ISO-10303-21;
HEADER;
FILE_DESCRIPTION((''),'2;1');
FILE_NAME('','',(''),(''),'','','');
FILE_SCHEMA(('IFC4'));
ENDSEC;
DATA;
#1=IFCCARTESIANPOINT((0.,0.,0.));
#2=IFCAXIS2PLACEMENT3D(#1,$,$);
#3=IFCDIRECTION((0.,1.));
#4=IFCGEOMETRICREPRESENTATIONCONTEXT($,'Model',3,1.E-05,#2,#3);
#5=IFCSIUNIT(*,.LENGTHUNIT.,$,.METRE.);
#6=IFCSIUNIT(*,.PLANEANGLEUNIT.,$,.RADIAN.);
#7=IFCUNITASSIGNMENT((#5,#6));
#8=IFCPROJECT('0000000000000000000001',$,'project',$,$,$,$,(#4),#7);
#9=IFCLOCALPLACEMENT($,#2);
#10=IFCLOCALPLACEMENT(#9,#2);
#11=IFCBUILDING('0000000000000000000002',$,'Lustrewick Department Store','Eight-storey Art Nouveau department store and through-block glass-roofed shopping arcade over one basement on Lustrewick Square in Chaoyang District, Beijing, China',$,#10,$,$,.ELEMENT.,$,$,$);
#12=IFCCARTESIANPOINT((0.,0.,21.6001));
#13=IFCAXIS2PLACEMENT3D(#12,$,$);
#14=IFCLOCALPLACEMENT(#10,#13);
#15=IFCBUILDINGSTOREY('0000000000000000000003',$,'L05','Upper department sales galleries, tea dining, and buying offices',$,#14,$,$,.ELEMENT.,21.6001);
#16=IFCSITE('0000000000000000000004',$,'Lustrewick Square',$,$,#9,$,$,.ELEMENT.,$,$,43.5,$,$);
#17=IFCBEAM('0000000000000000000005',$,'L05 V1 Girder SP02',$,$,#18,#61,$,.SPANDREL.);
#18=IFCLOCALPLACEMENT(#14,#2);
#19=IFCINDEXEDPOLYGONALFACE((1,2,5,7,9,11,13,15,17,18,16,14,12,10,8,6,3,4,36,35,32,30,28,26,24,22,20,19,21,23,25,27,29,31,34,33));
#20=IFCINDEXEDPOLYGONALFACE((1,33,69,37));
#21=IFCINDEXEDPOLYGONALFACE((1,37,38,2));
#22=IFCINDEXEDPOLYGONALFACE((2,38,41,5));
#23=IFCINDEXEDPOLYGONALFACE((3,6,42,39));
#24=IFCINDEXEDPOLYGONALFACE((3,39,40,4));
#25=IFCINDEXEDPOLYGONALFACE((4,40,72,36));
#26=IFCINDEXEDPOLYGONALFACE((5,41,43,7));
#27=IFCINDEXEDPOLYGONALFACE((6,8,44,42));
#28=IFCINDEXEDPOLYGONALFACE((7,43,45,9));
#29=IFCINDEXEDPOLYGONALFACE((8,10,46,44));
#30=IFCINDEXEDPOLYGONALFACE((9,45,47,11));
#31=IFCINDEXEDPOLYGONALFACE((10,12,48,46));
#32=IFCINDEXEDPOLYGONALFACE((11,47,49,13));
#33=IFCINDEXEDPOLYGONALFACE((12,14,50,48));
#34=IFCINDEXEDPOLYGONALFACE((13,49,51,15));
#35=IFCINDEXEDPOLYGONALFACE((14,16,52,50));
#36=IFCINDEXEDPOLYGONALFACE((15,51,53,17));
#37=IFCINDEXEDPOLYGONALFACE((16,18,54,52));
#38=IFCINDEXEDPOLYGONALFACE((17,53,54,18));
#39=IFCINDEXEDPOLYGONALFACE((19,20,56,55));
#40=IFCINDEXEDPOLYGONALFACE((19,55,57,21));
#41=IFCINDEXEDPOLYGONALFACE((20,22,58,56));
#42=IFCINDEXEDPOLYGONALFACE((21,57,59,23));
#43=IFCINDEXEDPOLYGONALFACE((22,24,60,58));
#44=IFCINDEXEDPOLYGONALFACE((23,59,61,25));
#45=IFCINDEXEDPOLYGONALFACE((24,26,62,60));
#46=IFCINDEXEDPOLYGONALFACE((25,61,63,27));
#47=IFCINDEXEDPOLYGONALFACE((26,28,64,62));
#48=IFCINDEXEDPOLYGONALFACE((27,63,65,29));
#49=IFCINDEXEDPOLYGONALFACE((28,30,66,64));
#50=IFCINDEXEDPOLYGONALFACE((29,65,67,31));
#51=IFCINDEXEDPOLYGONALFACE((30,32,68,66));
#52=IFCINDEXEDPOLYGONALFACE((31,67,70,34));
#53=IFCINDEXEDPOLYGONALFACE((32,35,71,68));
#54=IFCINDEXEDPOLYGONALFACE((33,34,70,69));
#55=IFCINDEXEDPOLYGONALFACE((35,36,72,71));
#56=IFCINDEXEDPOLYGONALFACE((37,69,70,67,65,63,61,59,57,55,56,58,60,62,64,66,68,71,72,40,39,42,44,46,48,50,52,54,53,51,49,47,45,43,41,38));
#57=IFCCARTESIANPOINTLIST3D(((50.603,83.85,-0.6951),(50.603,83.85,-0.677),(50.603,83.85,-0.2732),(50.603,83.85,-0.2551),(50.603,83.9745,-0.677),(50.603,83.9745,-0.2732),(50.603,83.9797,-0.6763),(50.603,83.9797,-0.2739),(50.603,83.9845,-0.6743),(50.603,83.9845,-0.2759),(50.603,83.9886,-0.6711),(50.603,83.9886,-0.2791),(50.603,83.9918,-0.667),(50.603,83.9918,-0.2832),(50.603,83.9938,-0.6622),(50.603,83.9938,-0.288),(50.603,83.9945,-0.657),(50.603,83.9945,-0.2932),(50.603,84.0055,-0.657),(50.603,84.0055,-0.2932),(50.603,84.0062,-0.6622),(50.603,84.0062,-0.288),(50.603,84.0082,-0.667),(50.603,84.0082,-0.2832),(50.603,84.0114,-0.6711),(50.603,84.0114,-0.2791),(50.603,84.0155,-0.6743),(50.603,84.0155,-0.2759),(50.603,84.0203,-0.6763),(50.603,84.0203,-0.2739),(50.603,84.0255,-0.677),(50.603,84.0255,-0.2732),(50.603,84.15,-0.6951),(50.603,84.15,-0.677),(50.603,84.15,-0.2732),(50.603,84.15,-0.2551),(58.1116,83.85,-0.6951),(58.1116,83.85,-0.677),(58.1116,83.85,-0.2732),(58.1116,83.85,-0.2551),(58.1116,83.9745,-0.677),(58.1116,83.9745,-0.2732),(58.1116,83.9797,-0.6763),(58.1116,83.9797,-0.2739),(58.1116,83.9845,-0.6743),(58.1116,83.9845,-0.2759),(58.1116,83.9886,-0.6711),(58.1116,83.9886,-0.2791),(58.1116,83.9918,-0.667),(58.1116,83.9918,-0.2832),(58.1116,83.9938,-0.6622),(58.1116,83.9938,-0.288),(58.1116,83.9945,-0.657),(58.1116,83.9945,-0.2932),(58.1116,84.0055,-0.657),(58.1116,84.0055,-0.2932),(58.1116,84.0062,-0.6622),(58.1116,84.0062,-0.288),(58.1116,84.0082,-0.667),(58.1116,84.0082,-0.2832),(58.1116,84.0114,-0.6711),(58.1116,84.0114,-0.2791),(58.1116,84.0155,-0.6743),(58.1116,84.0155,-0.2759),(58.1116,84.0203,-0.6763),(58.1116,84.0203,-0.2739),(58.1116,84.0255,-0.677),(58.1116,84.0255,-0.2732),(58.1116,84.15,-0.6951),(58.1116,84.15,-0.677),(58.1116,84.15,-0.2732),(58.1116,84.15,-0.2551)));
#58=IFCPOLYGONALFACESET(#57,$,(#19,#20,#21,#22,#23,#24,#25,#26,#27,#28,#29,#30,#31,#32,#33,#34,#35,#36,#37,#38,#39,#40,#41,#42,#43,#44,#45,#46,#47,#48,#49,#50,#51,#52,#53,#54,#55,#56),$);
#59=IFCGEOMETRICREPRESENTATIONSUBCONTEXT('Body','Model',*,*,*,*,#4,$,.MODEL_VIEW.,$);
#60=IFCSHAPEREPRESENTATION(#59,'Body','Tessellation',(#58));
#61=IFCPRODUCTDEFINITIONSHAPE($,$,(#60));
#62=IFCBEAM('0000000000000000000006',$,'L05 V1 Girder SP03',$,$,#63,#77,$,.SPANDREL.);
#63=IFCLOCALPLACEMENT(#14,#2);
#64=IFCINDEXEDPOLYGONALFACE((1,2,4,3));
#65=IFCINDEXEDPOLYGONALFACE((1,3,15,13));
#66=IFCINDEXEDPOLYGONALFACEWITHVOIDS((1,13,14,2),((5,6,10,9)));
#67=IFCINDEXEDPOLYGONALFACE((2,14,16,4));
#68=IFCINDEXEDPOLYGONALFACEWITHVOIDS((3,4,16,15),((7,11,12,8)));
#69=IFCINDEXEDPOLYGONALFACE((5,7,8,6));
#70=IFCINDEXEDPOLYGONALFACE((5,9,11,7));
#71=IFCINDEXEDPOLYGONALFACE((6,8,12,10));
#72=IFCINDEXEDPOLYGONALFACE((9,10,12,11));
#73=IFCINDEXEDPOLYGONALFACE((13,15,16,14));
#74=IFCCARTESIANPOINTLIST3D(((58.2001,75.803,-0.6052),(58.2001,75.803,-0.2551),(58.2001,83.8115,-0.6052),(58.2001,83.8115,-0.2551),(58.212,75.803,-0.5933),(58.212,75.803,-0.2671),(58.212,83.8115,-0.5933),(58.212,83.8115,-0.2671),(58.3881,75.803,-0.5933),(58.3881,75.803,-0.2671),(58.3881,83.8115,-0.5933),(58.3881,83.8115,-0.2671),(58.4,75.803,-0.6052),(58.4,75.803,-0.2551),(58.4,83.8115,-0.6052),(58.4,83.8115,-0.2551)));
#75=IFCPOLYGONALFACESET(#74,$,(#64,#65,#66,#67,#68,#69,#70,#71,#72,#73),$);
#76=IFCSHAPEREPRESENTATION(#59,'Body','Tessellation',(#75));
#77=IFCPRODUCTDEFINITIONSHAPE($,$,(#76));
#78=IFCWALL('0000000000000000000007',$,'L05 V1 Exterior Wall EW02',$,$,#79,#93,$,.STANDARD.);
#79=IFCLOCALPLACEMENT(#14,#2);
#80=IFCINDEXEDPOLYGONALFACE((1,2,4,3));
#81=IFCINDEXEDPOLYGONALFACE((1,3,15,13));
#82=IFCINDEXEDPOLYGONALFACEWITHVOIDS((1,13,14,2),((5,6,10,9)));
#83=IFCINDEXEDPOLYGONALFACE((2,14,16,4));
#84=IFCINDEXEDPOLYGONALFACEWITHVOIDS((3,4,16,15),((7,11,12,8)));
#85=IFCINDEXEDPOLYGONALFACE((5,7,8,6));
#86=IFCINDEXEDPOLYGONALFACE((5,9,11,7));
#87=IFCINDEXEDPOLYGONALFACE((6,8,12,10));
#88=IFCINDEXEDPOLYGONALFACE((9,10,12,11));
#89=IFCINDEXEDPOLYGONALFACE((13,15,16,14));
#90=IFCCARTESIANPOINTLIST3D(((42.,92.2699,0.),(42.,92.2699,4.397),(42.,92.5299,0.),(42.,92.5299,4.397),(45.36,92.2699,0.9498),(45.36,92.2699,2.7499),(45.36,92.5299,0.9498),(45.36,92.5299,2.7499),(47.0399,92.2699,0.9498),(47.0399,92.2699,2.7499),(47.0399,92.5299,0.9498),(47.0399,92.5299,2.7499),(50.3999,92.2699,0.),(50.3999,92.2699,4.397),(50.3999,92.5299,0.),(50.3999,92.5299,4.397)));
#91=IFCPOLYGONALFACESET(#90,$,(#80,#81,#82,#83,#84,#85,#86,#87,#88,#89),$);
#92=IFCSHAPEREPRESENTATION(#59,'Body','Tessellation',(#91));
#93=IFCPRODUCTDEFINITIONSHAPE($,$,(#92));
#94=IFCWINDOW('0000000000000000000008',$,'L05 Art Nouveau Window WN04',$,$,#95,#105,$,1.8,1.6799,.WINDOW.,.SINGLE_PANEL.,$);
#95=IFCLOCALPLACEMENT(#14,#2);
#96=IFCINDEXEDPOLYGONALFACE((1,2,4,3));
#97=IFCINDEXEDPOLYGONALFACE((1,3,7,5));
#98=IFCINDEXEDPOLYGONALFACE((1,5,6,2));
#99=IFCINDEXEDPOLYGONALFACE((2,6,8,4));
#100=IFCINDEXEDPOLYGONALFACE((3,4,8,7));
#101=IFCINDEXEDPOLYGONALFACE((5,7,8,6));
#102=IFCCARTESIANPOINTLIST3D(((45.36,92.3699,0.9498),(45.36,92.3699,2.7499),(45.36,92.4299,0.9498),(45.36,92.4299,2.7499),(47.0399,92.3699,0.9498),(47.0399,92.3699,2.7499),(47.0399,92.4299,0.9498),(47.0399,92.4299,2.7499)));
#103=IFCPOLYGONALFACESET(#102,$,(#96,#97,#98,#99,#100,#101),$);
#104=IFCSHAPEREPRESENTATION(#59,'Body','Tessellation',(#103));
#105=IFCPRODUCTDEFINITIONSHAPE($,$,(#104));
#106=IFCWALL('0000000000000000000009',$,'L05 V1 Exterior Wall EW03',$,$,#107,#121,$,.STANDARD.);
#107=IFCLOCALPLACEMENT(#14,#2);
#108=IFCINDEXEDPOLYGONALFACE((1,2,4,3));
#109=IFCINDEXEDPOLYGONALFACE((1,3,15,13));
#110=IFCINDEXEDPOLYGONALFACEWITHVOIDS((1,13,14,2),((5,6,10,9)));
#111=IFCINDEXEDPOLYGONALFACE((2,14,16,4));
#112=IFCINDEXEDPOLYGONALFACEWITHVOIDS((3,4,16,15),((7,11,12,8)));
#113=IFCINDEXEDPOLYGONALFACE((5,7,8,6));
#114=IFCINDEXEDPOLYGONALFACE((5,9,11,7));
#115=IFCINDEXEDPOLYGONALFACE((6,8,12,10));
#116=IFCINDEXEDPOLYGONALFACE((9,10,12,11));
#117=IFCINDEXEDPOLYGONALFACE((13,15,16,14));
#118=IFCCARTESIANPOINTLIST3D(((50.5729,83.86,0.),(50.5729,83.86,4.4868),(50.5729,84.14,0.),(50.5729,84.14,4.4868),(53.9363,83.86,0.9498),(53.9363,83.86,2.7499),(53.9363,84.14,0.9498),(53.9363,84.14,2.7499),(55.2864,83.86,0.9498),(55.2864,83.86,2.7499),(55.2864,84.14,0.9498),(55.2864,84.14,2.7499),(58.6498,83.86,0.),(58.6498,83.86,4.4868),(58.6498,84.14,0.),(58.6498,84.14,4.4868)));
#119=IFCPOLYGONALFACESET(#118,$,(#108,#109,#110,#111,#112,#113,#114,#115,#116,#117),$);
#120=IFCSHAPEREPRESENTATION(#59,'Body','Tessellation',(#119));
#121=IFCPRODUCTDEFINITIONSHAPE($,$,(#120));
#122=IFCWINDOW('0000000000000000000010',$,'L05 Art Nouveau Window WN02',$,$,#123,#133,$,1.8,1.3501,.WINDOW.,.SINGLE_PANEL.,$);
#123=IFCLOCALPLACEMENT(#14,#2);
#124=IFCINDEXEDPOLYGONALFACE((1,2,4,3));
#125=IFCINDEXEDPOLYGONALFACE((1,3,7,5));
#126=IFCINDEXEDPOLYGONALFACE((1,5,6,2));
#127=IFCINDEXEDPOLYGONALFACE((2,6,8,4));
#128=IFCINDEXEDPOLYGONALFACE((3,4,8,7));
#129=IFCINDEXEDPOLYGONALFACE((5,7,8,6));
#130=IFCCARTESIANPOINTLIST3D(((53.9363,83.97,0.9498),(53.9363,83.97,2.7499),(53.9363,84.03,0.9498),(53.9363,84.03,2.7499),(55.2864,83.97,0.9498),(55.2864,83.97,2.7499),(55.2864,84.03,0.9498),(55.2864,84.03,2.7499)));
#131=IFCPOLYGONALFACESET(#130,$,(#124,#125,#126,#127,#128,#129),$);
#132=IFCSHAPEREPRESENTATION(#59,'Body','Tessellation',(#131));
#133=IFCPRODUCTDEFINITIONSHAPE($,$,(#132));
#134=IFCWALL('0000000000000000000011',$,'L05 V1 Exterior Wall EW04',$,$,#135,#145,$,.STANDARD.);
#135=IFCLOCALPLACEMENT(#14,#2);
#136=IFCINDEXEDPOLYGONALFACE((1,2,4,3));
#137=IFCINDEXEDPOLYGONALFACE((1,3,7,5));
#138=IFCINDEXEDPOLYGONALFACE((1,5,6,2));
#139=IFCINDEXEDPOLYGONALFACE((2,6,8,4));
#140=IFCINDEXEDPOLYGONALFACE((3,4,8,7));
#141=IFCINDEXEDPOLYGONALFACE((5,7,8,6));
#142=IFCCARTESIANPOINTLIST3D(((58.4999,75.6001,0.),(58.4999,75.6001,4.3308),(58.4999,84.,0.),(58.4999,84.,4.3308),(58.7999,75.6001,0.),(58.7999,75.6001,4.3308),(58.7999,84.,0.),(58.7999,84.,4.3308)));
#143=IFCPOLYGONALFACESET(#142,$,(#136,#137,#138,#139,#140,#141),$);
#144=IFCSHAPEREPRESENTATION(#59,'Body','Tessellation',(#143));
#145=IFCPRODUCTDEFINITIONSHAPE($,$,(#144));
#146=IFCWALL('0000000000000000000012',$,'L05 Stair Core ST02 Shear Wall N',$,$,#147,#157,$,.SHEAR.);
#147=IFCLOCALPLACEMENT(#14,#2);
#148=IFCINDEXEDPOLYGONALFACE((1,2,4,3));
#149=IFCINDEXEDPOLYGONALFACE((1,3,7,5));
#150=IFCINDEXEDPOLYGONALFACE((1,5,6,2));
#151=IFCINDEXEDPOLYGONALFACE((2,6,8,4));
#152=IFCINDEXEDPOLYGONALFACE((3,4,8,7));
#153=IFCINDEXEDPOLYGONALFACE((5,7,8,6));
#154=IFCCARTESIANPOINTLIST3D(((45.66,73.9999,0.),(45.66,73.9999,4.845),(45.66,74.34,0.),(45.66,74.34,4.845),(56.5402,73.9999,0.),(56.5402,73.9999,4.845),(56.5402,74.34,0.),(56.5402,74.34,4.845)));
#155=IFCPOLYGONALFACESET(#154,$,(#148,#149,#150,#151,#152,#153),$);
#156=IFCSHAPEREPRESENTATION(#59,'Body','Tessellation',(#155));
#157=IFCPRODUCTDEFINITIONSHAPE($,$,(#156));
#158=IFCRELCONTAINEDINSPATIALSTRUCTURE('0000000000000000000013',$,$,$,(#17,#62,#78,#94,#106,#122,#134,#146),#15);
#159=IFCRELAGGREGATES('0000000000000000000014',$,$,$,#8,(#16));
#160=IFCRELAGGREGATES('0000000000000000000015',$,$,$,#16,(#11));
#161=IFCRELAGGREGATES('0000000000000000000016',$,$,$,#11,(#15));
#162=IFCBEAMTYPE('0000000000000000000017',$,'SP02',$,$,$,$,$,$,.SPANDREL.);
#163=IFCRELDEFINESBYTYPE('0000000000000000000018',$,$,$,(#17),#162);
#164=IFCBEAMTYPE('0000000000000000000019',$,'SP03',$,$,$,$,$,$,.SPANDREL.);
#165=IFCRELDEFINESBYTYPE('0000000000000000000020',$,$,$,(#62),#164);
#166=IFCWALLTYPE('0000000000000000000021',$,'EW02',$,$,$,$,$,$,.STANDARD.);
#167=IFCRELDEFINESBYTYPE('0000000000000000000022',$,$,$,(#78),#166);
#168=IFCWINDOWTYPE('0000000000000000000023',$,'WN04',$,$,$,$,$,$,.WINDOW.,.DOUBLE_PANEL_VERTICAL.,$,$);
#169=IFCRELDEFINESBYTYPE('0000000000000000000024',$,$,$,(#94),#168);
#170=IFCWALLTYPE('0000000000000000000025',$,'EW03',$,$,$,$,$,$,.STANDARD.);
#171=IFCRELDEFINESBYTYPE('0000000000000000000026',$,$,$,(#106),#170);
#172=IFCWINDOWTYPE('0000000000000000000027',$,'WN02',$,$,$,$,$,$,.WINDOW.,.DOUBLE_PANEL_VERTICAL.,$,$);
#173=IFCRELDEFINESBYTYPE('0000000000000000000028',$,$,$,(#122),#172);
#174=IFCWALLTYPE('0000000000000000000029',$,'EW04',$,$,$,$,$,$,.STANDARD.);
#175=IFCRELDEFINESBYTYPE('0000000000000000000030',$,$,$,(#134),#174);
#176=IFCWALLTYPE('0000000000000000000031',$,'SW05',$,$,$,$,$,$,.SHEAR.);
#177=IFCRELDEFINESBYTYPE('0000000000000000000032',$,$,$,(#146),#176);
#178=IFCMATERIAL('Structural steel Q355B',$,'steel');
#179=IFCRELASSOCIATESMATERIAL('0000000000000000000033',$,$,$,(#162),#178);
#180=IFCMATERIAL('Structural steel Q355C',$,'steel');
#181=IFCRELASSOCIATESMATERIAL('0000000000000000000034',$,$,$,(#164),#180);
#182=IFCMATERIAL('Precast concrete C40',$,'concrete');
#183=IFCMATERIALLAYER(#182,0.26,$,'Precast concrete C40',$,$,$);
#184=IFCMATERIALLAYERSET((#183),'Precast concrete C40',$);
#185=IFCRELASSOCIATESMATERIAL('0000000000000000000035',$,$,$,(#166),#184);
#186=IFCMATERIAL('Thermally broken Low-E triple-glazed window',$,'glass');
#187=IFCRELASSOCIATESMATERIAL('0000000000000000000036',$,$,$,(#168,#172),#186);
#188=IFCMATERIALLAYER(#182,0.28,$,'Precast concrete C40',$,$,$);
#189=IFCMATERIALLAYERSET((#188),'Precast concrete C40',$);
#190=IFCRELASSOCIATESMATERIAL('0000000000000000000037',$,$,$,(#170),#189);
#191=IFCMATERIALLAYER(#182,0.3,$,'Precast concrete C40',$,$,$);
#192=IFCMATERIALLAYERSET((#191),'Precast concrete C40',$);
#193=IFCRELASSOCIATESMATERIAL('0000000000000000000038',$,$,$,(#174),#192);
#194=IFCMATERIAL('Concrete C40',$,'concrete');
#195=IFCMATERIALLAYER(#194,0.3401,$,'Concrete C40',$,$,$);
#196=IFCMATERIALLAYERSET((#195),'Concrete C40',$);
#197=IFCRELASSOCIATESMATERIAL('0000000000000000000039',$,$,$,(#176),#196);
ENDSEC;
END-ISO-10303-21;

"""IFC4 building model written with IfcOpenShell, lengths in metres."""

from ifc_helpers import new_model, si_unit, direction, frame, frame_2d, origin, origin_2d, place, context, subcontext, project, spatial, rectangle, hollow_rectangle, i_section, extrude, material, layer, layer_set, material_profile, profile_set, type_object, element, fill, save


model = new_model("IFC4")

# Units and contexts
model_context = context("Model", 3, precision=1e-05, world=origin(), true_north=direction((0.0, 1.0)))
body_context = subcontext(model_context, "Body", "Model", "MODEL_VIEW")
ifc_project = project(units=[si_unit("LENGTHUNIT", "METRE"), si_unit("PLANEANGLEUNIT", "RADIAN")], contexts=[model_context])

# Site, building, storey
site_placement = place(None, origin())
site = spatial("IfcSite", under=ifc_project, at=site_placement, Name="Lustrewick Square", CompositionType="ELEMENT", RefElevation=43.5)
building_placement = place(site_placement, origin())
building = spatial("IfcBuilding", under=site, at=building_placement, Name="Lustrewick Department Store", Description="Eight-storey Art Nouveau department store and through-block glass-roofed shopping arcade over one basement on Lustrewick Square in Chaoyang District, Beijing, China", CompositionType="ELEMENT")
storey_placement = place(building_placement, frame((0.0, 0.0, 21.6001)))
storey = spatial("IfcBuildingStorey", under=building, at=storey_placement, Name="L05", Description="Upper department sales galleries, tea dining, and buying offices", CompositionType="ELEMENT", Elevation=21.6001)

# Shared definitions
ifc_material_1 = material(Name="Structural steel Q355B", Category="steel")

# Beams
ifc_material_profile_1 = material_profile(ifc_material_1, i_section(OverallWidth=0.3, OverallDepth=0.4399, WebThickness=0.011, FlangeThickness=0.0181, FilletRadius=0.02, at=origin_2d()), Name="HM 440x300x11x18")
ifc_profile_set_1 = profile_set([ifc_material_profile_1], Name="Structural steel Q355B")
beam_type_1 = type_object("IfcBeamType", Name="SP02", PredefinedType="SPANDREL", material=ifc_profile_set_1)
beam_1_placement = place(storey_placement, frame((50.603, 84.0, -0.4751), z_axis=(1.0, 0.0, 0.0), x_axis=(0.0, 1.0, 0.0)))
element("IfcBeam", 1, at=beam_1_placement, inside=storey, type_object=beam_type_1, Name="L05 V1 Girder SP02", PredefinedType="SPANDREL", context=body_context, shape_type="SweptSolid", body=[
    extrude(i_section(OverallWidth=0.3, OverallDepth=0.4399, WebThickness=0.011, FlangeThickness=0.0181, FilletRadius=0.02, at=origin_2d()), origin(), (0.0, 0.0, 1.0), 7.5085),
])
ifc_material_2 = material(Name="Structural steel Q355C", Category="steel")
ifc_material_profile_2 = material_profile(ifc_material_2, hollow_rectangle(XDim=0.2, YDim=0.3501, WallThickness=0.012, at=origin_2d()), Name="RHS 350x200x12")
ifc_profile_set_2 = profile_set([ifc_material_profile_2], Name="Structural steel Q355C")
beam_type_2 = type_object("IfcBeamType", Name="SP03", PredefinedType="SPANDREL", material=ifc_profile_set_2)
beam_2_placement = place(storey_placement, frame((58.3, 75.803, -0.4302), z_axis=(0.0, 1.0, 0.0), x_axis=(-1.0, 0.0, 0.0)))
element("IfcBeam", 2, at=beam_2_placement, inside=storey, type_object=beam_type_2, Name="L05 V1 Girder SP03", PredefinedType="SPANDREL", context=body_context, shape_type="SweptSolid", body=[
    extrude(hollow_rectangle(XDim=0.2, YDim=0.3501, WallThickness=0.012, at=origin_2d()), origin(), (0.0, 0.0, 1.0), 8.0085),
])

# Walls, openings, windows
ifc_material_3 = material(Name="Precast concrete C40", Category="concrete")
ifc_layer_1 = layer(ifc_material_3, 0.26, Name="Precast concrete C40")
ifc_layer_set_1 = layer_set([ifc_layer_1], Name="Precast concrete C40")
wall_type_1 = type_object("IfcWallType", Name="EW02", PredefinedType="STANDARD", material=ifc_layer_set_1)
wall_1_placement = place(storey_placement, frame((50.3999, 92.3999, 0.0), z_axis=(0.0, 0.0, 1.0), x_axis=(-1.0, 0.0, 0.0)))
wall_1 = element("IfcWall", 3, at=wall_1_placement, inside=storey, type_object=wall_type_1, Name="L05 V1 Exterior Wall EW02", PredefinedType="STANDARD", context=body_context, shape_type="SweptSolid", body=[
    extrude(rectangle(XDim=8.3999, YDim=0.26, at=frame_2d((4.2, 0.0))), origin(), (0.0, 0.0, 1.0), 4.397),
])
opening_1_placement = place(wall_1_placement, frame((3.3601, 0.0, 0.95)))
opening_1 = element("IfcOpeningElement", 4, at=opening_1_placement, cuts=wall_1, PredefinedType="OPENING", context=body_context, shape_type="SweptSolid", body=[
    extrude(rectangle(XDim=1.6799, YDim=1.8, at=frame_2d((0.8398, 0.8999))), frame((0.0, 0.1401, 0.0), z_axis=(0.0, -1.0, 0.0), x_axis=(1.0, 0.0, 0.0)), (0.0, 0.0, 1.0), 0.28),
])
ifc_material_4 = material(Name="Thermally broken Low-E triple-glazed window", Category="glass")
window_type_1 = type_object("IfcWindowType", Name="WN04", PartitioningType="DOUBLE_PANEL_VERTICAL", PredefinedType="WINDOW", material=ifc_material_4)
window_1_placement = place(opening_1_placement, origin())
window_1 = element("IfcWindow", 5, at=window_1_placement, inside=storey, type_object=window_type_1, Name="L05 Art Nouveau Window WN04", OverallHeight=1.8, OverallWidth=1.6799, PartitioningType="SINGLE_PANEL", PredefinedType="WINDOW", context=body_context, shape_type="SweptSolid", body=[
    extrude(rectangle(XDim=1.6799, YDim=1.8, at=frame_2d((0.8398, 0.8999))), frame((0.0, 0.03, 0.0), z_axis=(0.0, -1.0, 0.0), x_axis=(1.0, 0.0, 0.0)), (0.0, 0.0, 1.0), 0.0601),
])
fill(opening_1, window_1)
ifc_layer_2 = layer(ifc_material_3, 0.28, Name="Precast concrete C40")
ifc_layer_set_2 = layer_set([ifc_layer_2], Name="Precast concrete C40")
wall_type_2 = type_object("IfcWallType", Name="EW03", PredefinedType="STANDARD", material=ifc_layer_set_2)
wall_2_placement = place(storey_placement, frame((58.6499, 84.0, 0.0), z_axis=(0.0, 0.0, 1.0), x_axis=(-1.0, 0.0, 0.0)))
wall_2 = element("IfcWall", 6, at=wall_2_placement, inside=storey, type_object=wall_type_2, Name="L05 V1 Exterior Wall EW03", PredefinedType="STANDARD", context=body_context, shape_type="SweptSolid", body=[
    extrude(rectangle(XDim=8.0769, YDim=0.28, at=frame_2d((4.0386, 0.0))), origin(), (0.0, 0.0, 1.0), 4.4868),
])
opening_2_placement = place(wall_2_placement, frame((3.3635, 0.0, 0.95)))
opening_2 = element("IfcOpeningElement", 7, at=opening_2_placement, cuts=wall_2, PredefinedType="OPENING", context=body_context, shape_type="SweptSolid", body=[
    extrude(rectangle(XDim=1.3501, YDim=1.8, at=frame_2d((0.675, 0.8999))), frame((0.0, 0.1499, 0.0), z_axis=(0.0, -1.0, 0.0), x_axis=(1.0, 0.0, 0.0)), (0.0, 0.0, 1.0), 0.3),
])
window_type_2 = type_object("IfcWindowType", Name="WN02", PartitioningType="DOUBLE_PANEL_VERTICAL", PredefinedType="WINDOW", material=ifc_material_4)
window_2_placement = place(opening_2_placement, origin())
window_2 = element("IfcWindow", 8, at=window_2_placement, inside=storey, type_object=window_type_2, Name="L05 Art Nouveau Window WN02", OverallHeight=1.8, OverallWidth=1.3501, PartitioningType="SINGLE_PANEL", PredefinedType="WINDOW", context=body_context, shape_type="SweptSolid", body=[
    extrude(rectangle(XDim=1.3501, YDim=1.8, at=frame_2d((0.675, 0.8999))), frame((0.0, 0.03, 0.0), z_axis=(0.0, -1.0, 0.0), x_axis=(1.0, 0.0, 0.0)), (0.0, 0.0, 1.0), 0.0601),
])
fill(opening_2, window_2)

# Walls
ifc_layer_3 = layer(ifc_material_3, 0.3, Name="Precast concrete C40")
ifc_layer_set_3 = layer_set([ifc_layer_3], Name="Precast concrete C40")
wall_type_3 = type_object("IfcWallType", Name="EW04", PredefinedType="STANDARD", material=ifc_layer_set_3)
wall_3_placement = place(storey_placement, frame((58.6499, 75.6001, 0.0), z_axis=(0.0, 0.0, 1.0), x_axis=(0.0, 1.0, 0.0)))
element("IfcWall", 9, at=wall_3_placement, inside=storey, type_object=wall_type_3, Name="L05 V1 Exterior Wall EW04", PredefinedType="STANDARD", context=body_context, shape_type="SweptSolid", body=[
    extrude(rectangle(XDim=8.3999, YDim=0.3, at=frame_2d((4.2, 0.0))), origin(), (0.0, 0.0, 1.0), 4.3308),
])
ifc_material_5 = material(Name="Concrete C40", Category="concrete")
ifc_layer_4 = layer(ifc_material_5, 0.3401, Name="Concrete C40")
ifc_layer_set_4 = layer_set([ifc_layer_4], Name="Concrete C40")
wall_type_4 = type_object("IfcWallType", Name="SW05", PredefinedType="SHEAR", material=ifc_layer_set_4)
wall_4_placement = place(storey_placement, frame((56.54, 74.1699, 0.0), z_axis=(0.0, 0.0, 1.0), x_axis=(-1.0, 0.0, 0.0)))
element("IfcWall", 10, at=wall_4_placement, inside=storey, type_object=wall_type_4, Name="L05 Stair Core ST02 Shear Wall N", PredefinedType="SHEAR", context=body_context, shape_type="SweptSolid", body=[
    extrude(rectangle(XDim=10.8801, YDim=0.3401, at=frame_2d((5.4399, 0.0))), origin(), (0.0, 0.0, 1.0), 4.845),
])

save(model, "model.ifc")
